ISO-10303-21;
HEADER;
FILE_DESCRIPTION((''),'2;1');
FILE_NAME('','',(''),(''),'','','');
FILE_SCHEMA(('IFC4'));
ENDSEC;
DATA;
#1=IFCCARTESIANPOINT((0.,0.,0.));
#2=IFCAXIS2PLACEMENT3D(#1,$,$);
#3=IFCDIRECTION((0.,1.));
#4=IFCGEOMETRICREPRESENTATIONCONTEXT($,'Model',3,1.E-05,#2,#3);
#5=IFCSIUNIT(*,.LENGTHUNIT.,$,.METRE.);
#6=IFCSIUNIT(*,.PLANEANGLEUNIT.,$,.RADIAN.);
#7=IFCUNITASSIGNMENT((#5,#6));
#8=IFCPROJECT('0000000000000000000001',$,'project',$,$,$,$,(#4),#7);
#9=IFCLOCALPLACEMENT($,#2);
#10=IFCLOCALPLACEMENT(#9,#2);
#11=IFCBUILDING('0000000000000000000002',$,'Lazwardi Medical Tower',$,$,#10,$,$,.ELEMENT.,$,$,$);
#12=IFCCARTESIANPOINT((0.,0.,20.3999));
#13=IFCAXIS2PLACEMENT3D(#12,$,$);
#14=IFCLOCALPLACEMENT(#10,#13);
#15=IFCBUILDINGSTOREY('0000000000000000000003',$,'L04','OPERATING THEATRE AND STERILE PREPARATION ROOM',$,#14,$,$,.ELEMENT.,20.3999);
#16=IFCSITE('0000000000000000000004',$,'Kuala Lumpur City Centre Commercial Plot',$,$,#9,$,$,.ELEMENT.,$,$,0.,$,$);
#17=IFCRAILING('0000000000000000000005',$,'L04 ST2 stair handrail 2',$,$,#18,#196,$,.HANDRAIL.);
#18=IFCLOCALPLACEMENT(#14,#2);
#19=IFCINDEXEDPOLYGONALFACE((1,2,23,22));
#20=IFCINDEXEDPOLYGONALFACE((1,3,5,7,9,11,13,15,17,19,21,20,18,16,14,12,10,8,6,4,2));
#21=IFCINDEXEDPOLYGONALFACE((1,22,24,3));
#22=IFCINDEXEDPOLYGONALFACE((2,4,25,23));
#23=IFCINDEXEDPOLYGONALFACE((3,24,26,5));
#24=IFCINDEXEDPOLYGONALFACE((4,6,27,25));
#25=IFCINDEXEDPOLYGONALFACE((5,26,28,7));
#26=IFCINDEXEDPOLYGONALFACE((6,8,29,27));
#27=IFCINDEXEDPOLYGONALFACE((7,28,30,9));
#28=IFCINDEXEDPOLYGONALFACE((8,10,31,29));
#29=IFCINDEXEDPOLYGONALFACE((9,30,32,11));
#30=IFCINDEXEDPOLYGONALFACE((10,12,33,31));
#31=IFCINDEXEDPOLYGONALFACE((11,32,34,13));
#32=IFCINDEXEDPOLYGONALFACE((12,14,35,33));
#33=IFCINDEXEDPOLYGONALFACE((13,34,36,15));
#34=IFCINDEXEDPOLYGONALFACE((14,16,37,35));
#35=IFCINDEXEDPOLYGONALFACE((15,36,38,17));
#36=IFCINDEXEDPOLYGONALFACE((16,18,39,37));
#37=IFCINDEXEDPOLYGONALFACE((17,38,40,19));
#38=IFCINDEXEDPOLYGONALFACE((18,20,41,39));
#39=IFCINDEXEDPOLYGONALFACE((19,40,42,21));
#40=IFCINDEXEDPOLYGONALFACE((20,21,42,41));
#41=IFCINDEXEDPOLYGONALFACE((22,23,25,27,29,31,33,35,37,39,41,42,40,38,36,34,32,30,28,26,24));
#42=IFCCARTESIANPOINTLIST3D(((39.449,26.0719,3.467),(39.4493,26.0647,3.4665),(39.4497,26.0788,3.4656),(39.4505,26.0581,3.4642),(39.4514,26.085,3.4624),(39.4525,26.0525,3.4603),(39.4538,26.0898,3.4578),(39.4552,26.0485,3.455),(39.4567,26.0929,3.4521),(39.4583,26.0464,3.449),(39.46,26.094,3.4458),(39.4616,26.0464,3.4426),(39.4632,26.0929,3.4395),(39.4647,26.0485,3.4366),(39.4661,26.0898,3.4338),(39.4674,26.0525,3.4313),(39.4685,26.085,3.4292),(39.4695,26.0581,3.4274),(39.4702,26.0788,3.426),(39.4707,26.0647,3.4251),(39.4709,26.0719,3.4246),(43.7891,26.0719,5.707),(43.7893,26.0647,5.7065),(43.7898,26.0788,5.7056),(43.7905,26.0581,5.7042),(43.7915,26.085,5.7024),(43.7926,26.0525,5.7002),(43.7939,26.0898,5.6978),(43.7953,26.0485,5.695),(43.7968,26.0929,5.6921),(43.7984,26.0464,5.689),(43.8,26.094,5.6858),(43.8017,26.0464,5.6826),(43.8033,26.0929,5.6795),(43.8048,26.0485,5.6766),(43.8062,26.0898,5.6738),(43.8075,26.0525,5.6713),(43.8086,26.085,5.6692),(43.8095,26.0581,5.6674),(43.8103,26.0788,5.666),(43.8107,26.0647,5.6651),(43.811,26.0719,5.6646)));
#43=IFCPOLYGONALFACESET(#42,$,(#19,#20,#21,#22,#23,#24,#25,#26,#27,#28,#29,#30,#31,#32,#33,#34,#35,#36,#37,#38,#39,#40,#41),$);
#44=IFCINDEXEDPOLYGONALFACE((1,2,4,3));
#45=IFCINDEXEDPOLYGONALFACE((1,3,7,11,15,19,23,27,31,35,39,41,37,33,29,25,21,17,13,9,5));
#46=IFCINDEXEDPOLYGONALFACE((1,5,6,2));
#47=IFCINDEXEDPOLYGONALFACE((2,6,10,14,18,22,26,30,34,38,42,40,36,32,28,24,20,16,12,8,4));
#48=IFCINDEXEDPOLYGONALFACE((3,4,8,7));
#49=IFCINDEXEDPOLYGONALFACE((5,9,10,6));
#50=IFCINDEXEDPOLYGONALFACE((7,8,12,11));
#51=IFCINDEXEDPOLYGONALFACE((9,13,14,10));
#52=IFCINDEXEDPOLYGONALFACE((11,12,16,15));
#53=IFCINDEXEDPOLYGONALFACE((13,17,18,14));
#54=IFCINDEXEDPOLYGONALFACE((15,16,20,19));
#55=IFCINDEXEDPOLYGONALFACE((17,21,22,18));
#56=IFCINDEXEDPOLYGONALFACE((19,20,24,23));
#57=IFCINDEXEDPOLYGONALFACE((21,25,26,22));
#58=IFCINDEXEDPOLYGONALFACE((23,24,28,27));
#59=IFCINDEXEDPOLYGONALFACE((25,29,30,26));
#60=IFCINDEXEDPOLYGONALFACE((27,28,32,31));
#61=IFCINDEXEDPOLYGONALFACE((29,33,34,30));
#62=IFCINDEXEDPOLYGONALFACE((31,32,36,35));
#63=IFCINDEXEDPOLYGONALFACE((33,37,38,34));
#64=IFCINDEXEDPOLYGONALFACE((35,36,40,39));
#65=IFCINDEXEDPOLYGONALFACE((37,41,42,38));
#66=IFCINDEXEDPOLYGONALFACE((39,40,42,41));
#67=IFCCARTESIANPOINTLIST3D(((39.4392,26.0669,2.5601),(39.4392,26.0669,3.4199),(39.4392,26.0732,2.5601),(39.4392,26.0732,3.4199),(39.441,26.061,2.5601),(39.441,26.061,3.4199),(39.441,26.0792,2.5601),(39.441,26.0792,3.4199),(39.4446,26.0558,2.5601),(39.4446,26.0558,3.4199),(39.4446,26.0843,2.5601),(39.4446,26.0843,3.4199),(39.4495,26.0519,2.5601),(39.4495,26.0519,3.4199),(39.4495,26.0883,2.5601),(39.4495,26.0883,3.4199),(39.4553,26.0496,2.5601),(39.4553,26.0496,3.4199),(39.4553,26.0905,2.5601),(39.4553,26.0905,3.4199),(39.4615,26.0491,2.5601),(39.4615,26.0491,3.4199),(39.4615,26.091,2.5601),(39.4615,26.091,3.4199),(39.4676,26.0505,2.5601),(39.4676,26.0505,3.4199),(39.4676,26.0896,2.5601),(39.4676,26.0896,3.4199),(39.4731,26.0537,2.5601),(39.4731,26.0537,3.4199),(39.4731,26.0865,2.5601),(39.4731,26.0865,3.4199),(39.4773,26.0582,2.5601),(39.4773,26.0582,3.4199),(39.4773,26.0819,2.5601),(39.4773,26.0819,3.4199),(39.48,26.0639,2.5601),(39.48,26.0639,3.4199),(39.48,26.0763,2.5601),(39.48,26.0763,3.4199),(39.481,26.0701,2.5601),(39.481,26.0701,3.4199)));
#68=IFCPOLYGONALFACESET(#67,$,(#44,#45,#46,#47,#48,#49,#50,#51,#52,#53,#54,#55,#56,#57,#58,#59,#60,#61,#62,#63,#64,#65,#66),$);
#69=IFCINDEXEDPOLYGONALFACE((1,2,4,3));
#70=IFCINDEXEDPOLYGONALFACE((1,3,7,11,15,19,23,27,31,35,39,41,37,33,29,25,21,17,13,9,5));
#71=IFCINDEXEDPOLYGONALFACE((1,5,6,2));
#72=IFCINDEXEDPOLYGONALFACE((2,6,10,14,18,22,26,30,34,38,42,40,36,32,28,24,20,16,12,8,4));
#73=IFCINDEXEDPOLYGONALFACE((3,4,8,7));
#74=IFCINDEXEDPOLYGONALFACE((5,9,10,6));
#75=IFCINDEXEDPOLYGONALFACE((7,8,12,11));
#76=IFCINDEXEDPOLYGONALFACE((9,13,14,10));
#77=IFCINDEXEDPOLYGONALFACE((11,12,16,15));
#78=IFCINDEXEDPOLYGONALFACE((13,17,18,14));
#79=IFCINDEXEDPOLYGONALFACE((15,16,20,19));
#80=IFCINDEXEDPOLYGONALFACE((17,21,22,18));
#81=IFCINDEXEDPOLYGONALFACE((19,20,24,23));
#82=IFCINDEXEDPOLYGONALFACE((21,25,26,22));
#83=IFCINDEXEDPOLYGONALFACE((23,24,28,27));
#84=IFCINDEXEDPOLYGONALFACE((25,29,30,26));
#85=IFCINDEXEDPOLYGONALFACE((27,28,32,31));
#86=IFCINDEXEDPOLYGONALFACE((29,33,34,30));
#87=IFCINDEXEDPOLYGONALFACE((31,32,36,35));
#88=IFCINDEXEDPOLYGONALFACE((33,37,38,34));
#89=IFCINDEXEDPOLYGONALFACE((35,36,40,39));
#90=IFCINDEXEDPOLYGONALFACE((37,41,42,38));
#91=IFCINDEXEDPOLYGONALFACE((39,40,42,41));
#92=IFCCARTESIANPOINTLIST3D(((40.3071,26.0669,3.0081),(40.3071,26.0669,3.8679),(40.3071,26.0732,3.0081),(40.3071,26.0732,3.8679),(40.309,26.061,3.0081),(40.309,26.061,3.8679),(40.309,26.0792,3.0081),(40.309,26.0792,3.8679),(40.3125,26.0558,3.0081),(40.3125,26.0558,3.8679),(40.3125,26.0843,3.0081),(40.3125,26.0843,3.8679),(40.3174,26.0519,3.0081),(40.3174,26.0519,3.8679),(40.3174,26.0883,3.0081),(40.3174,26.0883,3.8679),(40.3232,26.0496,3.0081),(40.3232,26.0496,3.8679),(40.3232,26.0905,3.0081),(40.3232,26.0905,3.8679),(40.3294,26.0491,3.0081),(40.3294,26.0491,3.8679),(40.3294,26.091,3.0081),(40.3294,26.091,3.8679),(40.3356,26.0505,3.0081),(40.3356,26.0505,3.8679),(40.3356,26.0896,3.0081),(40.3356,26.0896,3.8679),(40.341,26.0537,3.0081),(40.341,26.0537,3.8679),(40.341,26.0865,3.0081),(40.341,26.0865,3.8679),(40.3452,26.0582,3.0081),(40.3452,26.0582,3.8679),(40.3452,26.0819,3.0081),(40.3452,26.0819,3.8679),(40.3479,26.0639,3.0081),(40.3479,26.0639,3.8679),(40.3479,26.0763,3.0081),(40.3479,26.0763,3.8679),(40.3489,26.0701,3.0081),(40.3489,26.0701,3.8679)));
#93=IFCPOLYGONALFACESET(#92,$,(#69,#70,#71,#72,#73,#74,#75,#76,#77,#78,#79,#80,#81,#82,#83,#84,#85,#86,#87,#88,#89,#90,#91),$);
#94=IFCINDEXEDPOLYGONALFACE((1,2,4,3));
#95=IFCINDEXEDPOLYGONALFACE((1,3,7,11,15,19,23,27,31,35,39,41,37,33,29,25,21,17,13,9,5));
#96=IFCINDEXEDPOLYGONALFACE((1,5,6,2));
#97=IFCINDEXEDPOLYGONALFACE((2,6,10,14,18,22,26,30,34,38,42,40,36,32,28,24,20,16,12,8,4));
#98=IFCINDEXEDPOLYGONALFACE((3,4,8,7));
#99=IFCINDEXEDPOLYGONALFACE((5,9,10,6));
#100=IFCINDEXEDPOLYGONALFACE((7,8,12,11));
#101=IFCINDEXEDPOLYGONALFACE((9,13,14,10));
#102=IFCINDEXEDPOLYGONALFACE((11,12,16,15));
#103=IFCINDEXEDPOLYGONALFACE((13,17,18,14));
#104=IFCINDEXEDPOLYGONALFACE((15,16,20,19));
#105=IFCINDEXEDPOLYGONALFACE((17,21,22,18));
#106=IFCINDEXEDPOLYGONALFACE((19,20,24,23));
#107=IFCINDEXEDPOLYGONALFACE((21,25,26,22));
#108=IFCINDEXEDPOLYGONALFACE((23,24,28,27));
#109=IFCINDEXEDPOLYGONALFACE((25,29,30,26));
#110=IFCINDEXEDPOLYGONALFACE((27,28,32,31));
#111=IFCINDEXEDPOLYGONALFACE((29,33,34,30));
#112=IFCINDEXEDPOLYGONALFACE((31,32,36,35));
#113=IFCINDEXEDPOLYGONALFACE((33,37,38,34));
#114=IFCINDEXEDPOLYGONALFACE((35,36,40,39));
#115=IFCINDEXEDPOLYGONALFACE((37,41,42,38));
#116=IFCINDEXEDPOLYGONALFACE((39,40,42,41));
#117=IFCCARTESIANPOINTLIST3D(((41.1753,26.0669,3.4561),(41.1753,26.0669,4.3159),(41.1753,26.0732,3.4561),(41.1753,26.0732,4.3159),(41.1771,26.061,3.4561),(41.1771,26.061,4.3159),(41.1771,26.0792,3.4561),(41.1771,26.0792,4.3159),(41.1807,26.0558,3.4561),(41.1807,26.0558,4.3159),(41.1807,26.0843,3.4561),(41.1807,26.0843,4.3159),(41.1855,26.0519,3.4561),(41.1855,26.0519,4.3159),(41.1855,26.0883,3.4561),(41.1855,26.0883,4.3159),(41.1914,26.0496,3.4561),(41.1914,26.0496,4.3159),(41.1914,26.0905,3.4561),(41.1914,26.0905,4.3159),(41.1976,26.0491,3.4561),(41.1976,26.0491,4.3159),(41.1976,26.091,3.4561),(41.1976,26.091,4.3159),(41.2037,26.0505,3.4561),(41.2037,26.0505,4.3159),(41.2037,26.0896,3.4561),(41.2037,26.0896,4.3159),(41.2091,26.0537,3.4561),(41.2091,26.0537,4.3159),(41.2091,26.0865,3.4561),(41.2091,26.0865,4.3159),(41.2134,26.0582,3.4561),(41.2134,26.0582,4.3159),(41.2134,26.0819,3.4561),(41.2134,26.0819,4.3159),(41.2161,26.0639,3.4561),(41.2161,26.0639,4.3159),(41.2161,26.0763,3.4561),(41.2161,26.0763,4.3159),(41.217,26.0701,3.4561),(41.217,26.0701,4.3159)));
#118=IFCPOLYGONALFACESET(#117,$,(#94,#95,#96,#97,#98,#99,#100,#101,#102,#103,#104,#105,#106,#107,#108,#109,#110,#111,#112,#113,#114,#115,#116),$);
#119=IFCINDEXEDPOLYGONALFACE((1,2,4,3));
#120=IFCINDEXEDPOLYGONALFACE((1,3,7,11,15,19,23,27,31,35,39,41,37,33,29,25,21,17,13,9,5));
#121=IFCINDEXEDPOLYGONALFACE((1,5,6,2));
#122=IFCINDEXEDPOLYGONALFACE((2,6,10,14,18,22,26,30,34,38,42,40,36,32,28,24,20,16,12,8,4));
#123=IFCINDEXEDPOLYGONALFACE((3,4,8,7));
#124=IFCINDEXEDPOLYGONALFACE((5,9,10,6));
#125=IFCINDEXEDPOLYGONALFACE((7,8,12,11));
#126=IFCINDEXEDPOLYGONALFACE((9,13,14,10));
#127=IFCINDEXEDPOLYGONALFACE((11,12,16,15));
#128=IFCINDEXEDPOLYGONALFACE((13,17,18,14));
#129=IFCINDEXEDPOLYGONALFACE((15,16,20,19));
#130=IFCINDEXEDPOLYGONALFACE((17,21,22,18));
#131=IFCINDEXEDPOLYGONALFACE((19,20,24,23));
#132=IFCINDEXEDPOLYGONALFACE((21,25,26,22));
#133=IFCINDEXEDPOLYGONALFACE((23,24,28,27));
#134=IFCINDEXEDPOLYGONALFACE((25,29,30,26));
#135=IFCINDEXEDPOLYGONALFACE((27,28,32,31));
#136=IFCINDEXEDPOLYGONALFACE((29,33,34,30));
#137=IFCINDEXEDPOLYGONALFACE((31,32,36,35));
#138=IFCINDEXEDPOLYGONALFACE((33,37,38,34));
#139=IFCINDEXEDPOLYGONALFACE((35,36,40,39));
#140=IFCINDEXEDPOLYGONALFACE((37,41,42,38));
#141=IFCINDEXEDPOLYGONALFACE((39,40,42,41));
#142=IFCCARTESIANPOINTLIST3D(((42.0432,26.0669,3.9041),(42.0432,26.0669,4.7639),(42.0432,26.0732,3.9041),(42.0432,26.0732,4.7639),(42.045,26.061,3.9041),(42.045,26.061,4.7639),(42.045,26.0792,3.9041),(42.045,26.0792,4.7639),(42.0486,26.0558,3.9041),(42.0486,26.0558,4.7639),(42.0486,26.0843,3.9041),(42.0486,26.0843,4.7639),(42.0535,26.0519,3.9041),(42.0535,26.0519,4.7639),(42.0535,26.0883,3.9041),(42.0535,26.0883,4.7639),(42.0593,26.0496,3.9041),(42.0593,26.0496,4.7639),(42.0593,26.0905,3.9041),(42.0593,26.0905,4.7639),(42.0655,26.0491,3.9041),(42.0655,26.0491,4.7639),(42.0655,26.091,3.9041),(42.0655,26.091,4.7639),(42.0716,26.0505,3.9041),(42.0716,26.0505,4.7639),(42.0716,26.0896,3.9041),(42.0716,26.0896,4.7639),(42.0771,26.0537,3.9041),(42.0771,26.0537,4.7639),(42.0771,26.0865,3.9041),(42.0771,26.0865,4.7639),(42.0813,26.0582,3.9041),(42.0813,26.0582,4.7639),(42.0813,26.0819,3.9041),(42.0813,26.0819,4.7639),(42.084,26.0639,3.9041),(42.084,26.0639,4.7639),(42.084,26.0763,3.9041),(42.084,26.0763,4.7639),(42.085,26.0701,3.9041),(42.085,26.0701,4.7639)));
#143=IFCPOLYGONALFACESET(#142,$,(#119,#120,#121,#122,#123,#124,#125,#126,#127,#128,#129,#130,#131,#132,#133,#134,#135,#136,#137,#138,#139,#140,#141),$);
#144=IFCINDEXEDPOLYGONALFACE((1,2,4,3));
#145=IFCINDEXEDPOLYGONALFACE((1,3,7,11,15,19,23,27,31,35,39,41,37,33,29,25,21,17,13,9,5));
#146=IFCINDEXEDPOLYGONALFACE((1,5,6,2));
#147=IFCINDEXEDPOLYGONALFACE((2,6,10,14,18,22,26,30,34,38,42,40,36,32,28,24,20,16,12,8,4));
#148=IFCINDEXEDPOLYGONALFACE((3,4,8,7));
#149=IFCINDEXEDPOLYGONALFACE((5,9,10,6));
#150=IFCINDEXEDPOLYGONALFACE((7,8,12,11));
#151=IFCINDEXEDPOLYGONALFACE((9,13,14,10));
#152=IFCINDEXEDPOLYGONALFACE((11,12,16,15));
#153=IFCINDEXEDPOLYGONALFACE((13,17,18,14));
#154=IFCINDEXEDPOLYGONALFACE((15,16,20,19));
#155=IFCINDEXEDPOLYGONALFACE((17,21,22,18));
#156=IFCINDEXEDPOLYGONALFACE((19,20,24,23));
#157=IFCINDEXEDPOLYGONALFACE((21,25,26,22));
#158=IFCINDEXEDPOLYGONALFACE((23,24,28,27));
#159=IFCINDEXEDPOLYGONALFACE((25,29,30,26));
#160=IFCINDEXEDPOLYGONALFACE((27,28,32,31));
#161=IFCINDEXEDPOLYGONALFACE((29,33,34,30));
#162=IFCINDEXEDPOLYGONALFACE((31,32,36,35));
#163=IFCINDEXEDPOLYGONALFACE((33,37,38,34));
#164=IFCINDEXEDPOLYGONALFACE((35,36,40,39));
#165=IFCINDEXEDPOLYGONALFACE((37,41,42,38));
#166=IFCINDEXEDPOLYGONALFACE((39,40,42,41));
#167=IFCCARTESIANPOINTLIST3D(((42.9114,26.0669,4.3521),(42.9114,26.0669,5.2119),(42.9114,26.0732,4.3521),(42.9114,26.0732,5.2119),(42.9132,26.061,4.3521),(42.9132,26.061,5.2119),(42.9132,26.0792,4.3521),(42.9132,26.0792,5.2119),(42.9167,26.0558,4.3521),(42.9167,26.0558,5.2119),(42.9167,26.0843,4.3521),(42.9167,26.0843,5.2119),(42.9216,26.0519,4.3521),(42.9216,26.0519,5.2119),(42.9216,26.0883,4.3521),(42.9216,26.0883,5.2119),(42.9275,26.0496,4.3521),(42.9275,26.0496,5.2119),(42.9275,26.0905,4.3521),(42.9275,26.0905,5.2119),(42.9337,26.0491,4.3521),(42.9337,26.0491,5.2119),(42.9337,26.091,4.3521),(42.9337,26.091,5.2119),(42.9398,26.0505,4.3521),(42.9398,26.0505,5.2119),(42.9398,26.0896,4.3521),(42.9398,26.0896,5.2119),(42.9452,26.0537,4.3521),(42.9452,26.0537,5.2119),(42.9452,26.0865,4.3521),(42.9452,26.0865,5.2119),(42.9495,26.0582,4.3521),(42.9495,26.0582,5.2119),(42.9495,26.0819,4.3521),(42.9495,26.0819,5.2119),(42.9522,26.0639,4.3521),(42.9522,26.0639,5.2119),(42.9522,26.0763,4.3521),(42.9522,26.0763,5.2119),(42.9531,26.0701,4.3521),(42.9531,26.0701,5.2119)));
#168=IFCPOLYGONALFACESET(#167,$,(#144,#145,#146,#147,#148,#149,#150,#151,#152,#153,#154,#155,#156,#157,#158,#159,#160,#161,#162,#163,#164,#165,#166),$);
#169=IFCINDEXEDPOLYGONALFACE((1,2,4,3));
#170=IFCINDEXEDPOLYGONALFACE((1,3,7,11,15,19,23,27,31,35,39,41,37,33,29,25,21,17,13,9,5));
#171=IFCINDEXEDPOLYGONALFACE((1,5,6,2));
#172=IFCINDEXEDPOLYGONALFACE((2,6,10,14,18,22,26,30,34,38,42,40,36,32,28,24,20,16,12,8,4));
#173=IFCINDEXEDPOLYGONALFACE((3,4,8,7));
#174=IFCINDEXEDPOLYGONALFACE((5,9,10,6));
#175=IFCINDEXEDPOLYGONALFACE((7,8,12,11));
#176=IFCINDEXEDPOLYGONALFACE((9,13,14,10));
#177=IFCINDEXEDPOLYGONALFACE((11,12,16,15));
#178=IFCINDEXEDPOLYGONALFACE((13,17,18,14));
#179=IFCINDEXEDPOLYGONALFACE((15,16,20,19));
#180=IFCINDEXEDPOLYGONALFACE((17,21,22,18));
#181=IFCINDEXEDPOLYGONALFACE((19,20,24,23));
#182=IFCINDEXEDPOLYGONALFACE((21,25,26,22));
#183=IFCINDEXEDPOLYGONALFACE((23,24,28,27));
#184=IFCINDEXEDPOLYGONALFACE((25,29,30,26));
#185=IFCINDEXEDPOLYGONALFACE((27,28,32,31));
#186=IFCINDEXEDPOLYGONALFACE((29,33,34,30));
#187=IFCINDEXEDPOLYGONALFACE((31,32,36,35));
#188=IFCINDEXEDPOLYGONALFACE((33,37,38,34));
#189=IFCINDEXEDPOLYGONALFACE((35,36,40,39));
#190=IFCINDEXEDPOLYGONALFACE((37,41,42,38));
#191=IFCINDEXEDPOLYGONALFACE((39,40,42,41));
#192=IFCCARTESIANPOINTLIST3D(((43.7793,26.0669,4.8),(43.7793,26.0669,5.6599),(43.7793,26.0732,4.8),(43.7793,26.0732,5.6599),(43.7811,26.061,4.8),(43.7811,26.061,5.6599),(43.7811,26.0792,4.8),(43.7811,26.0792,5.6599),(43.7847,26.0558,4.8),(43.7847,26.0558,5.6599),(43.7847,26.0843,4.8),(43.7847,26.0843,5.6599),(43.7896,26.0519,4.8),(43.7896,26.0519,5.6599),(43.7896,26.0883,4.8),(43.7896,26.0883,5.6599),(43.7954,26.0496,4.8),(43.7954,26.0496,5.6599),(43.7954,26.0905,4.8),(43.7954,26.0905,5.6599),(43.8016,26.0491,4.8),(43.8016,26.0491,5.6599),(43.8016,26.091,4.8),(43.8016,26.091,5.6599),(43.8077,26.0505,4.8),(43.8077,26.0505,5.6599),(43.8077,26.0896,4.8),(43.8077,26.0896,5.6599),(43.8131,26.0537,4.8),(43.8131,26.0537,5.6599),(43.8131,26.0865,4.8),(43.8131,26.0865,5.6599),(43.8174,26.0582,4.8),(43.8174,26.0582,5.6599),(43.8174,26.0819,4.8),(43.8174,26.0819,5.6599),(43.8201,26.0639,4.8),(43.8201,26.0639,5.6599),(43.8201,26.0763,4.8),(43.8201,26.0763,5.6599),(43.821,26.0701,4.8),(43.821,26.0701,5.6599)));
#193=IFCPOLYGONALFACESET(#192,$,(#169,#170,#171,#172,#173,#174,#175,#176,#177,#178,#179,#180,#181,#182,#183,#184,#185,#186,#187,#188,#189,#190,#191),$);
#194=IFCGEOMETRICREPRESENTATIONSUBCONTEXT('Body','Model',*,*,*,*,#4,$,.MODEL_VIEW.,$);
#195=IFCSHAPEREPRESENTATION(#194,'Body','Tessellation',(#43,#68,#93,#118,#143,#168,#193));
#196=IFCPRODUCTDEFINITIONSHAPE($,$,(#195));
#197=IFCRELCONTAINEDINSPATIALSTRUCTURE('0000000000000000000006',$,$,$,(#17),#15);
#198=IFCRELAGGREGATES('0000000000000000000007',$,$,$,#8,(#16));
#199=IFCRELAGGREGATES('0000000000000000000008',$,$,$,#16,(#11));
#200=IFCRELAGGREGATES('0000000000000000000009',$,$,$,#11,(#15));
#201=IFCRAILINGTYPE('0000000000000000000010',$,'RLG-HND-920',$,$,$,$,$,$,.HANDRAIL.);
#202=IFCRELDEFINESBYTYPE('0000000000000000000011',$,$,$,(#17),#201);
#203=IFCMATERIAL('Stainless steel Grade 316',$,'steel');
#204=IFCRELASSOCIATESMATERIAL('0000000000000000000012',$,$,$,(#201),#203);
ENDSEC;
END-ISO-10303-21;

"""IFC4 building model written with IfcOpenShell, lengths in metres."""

from ifc_helpers import new_model, si_unit, direction, frame, origin, origin_2d, place, context, subcontext, project, spatial, circle, extrude, material, type_object, element, save


model = new_model("IFC4")

# Units and contexts
model_context = context("Model", 3, precision=1e-05, world=origin(), true_north=direction((0.0, 1.0)))
body_context = subcontext(model_context, "Body", "Model", "MODEL_VIEW")
ifc_project = project(units=[si_unit("LENGTHUNIT", "METRE"), si_unit("PLANEANGLEUNIT", "RADIAN")], contexts=[model_context])

# Site, building, storey
site_placement = place(None, origin())
site = spatial("IfcSite", under=ifc_project, at=site_placement, Name="Kuala Lumpur City Centre Commercial Plot", CompositionType="ELEMENT", RefElevation=0.0)
building_placement = place(site_placement, origin())
building = spatial("IfcBuilding", under=site, at=building_placement, Name="Lazwardi Medical Tower", CompositionType="ELEMENT")
storey_placement = place(building_placement, frame((0.0, 0.0, 20.3999)))
storey = spatial("IfcBuildingStorey", under=building, at=storey_placement, Name="L04", Description="OPERATING THEATRE AND STERILE PREPARATION ROOM", CompositionType="ELEMENT", Elevation=20.3999)

# Railing
ifc_material_1 = material(Name="Stainless steel Grade 316", Category="steel")
railing_type_1 = type_object("IfcRailingType", Name="RLG-HND-920", PredefinedType="HANDRAIL", material=ifc_material_1)
railing_1_placement = place(storey_placement, frame((39.46, 26.0701, 2.5601)))
element("IfcRailing", 1, at=railing_1_placement, inside=storey, type_object=railing_type_1, Name="L04 ST2 stair handrail 2", PredefinedType="HANDRAIL", context=body_context, shape_type="SweptSolid", body=[
    extrude(circle(Radius=0.0239, at=origin_2d()), frame((0.0, 0.0, 0.8857), z_axis=(0.888625, 0.0, 0.458634), x_axis=(0.0, 1.0, 0.0)), (0.0, 0.0, 1.0), 4.884),
    extrude(circle(Radius=0.021, at=origin_2d()), origin(), (0.0, 0.0, 1.0), 0.8599),
    extrude(circle(Radius=0.021, at=origin_2d()), frame((0.8679, 0.0, 0.448)), (0.0, 0.0, 1.0), 0.8599),
    extrude(circle(Radius=0.021, at=origin_2d()), frame((1.7361, 0.0, 0.896)), (0.0, 0.0, 1.0), 0.8599),
    extrude(circle(Radius=0.021, at=origin_2d()), frame((2.604, 0.0, 1.344)), (0.0, 0.0, 1.0), 0.8599),
    extrude(circle(Radius=0.021, at=origin_2d()), frame((3.4722, 0.0, 1.792)), (0.0, 0.0, 1.0), 0.8599),
    extrude(circle(Radius=0.021, at=origin_2d()), frame((4.3401, 0.0, 2.24)), (0.0, 0.0, 1.0), 0.8599),
])

save(model, "model.ifc")
